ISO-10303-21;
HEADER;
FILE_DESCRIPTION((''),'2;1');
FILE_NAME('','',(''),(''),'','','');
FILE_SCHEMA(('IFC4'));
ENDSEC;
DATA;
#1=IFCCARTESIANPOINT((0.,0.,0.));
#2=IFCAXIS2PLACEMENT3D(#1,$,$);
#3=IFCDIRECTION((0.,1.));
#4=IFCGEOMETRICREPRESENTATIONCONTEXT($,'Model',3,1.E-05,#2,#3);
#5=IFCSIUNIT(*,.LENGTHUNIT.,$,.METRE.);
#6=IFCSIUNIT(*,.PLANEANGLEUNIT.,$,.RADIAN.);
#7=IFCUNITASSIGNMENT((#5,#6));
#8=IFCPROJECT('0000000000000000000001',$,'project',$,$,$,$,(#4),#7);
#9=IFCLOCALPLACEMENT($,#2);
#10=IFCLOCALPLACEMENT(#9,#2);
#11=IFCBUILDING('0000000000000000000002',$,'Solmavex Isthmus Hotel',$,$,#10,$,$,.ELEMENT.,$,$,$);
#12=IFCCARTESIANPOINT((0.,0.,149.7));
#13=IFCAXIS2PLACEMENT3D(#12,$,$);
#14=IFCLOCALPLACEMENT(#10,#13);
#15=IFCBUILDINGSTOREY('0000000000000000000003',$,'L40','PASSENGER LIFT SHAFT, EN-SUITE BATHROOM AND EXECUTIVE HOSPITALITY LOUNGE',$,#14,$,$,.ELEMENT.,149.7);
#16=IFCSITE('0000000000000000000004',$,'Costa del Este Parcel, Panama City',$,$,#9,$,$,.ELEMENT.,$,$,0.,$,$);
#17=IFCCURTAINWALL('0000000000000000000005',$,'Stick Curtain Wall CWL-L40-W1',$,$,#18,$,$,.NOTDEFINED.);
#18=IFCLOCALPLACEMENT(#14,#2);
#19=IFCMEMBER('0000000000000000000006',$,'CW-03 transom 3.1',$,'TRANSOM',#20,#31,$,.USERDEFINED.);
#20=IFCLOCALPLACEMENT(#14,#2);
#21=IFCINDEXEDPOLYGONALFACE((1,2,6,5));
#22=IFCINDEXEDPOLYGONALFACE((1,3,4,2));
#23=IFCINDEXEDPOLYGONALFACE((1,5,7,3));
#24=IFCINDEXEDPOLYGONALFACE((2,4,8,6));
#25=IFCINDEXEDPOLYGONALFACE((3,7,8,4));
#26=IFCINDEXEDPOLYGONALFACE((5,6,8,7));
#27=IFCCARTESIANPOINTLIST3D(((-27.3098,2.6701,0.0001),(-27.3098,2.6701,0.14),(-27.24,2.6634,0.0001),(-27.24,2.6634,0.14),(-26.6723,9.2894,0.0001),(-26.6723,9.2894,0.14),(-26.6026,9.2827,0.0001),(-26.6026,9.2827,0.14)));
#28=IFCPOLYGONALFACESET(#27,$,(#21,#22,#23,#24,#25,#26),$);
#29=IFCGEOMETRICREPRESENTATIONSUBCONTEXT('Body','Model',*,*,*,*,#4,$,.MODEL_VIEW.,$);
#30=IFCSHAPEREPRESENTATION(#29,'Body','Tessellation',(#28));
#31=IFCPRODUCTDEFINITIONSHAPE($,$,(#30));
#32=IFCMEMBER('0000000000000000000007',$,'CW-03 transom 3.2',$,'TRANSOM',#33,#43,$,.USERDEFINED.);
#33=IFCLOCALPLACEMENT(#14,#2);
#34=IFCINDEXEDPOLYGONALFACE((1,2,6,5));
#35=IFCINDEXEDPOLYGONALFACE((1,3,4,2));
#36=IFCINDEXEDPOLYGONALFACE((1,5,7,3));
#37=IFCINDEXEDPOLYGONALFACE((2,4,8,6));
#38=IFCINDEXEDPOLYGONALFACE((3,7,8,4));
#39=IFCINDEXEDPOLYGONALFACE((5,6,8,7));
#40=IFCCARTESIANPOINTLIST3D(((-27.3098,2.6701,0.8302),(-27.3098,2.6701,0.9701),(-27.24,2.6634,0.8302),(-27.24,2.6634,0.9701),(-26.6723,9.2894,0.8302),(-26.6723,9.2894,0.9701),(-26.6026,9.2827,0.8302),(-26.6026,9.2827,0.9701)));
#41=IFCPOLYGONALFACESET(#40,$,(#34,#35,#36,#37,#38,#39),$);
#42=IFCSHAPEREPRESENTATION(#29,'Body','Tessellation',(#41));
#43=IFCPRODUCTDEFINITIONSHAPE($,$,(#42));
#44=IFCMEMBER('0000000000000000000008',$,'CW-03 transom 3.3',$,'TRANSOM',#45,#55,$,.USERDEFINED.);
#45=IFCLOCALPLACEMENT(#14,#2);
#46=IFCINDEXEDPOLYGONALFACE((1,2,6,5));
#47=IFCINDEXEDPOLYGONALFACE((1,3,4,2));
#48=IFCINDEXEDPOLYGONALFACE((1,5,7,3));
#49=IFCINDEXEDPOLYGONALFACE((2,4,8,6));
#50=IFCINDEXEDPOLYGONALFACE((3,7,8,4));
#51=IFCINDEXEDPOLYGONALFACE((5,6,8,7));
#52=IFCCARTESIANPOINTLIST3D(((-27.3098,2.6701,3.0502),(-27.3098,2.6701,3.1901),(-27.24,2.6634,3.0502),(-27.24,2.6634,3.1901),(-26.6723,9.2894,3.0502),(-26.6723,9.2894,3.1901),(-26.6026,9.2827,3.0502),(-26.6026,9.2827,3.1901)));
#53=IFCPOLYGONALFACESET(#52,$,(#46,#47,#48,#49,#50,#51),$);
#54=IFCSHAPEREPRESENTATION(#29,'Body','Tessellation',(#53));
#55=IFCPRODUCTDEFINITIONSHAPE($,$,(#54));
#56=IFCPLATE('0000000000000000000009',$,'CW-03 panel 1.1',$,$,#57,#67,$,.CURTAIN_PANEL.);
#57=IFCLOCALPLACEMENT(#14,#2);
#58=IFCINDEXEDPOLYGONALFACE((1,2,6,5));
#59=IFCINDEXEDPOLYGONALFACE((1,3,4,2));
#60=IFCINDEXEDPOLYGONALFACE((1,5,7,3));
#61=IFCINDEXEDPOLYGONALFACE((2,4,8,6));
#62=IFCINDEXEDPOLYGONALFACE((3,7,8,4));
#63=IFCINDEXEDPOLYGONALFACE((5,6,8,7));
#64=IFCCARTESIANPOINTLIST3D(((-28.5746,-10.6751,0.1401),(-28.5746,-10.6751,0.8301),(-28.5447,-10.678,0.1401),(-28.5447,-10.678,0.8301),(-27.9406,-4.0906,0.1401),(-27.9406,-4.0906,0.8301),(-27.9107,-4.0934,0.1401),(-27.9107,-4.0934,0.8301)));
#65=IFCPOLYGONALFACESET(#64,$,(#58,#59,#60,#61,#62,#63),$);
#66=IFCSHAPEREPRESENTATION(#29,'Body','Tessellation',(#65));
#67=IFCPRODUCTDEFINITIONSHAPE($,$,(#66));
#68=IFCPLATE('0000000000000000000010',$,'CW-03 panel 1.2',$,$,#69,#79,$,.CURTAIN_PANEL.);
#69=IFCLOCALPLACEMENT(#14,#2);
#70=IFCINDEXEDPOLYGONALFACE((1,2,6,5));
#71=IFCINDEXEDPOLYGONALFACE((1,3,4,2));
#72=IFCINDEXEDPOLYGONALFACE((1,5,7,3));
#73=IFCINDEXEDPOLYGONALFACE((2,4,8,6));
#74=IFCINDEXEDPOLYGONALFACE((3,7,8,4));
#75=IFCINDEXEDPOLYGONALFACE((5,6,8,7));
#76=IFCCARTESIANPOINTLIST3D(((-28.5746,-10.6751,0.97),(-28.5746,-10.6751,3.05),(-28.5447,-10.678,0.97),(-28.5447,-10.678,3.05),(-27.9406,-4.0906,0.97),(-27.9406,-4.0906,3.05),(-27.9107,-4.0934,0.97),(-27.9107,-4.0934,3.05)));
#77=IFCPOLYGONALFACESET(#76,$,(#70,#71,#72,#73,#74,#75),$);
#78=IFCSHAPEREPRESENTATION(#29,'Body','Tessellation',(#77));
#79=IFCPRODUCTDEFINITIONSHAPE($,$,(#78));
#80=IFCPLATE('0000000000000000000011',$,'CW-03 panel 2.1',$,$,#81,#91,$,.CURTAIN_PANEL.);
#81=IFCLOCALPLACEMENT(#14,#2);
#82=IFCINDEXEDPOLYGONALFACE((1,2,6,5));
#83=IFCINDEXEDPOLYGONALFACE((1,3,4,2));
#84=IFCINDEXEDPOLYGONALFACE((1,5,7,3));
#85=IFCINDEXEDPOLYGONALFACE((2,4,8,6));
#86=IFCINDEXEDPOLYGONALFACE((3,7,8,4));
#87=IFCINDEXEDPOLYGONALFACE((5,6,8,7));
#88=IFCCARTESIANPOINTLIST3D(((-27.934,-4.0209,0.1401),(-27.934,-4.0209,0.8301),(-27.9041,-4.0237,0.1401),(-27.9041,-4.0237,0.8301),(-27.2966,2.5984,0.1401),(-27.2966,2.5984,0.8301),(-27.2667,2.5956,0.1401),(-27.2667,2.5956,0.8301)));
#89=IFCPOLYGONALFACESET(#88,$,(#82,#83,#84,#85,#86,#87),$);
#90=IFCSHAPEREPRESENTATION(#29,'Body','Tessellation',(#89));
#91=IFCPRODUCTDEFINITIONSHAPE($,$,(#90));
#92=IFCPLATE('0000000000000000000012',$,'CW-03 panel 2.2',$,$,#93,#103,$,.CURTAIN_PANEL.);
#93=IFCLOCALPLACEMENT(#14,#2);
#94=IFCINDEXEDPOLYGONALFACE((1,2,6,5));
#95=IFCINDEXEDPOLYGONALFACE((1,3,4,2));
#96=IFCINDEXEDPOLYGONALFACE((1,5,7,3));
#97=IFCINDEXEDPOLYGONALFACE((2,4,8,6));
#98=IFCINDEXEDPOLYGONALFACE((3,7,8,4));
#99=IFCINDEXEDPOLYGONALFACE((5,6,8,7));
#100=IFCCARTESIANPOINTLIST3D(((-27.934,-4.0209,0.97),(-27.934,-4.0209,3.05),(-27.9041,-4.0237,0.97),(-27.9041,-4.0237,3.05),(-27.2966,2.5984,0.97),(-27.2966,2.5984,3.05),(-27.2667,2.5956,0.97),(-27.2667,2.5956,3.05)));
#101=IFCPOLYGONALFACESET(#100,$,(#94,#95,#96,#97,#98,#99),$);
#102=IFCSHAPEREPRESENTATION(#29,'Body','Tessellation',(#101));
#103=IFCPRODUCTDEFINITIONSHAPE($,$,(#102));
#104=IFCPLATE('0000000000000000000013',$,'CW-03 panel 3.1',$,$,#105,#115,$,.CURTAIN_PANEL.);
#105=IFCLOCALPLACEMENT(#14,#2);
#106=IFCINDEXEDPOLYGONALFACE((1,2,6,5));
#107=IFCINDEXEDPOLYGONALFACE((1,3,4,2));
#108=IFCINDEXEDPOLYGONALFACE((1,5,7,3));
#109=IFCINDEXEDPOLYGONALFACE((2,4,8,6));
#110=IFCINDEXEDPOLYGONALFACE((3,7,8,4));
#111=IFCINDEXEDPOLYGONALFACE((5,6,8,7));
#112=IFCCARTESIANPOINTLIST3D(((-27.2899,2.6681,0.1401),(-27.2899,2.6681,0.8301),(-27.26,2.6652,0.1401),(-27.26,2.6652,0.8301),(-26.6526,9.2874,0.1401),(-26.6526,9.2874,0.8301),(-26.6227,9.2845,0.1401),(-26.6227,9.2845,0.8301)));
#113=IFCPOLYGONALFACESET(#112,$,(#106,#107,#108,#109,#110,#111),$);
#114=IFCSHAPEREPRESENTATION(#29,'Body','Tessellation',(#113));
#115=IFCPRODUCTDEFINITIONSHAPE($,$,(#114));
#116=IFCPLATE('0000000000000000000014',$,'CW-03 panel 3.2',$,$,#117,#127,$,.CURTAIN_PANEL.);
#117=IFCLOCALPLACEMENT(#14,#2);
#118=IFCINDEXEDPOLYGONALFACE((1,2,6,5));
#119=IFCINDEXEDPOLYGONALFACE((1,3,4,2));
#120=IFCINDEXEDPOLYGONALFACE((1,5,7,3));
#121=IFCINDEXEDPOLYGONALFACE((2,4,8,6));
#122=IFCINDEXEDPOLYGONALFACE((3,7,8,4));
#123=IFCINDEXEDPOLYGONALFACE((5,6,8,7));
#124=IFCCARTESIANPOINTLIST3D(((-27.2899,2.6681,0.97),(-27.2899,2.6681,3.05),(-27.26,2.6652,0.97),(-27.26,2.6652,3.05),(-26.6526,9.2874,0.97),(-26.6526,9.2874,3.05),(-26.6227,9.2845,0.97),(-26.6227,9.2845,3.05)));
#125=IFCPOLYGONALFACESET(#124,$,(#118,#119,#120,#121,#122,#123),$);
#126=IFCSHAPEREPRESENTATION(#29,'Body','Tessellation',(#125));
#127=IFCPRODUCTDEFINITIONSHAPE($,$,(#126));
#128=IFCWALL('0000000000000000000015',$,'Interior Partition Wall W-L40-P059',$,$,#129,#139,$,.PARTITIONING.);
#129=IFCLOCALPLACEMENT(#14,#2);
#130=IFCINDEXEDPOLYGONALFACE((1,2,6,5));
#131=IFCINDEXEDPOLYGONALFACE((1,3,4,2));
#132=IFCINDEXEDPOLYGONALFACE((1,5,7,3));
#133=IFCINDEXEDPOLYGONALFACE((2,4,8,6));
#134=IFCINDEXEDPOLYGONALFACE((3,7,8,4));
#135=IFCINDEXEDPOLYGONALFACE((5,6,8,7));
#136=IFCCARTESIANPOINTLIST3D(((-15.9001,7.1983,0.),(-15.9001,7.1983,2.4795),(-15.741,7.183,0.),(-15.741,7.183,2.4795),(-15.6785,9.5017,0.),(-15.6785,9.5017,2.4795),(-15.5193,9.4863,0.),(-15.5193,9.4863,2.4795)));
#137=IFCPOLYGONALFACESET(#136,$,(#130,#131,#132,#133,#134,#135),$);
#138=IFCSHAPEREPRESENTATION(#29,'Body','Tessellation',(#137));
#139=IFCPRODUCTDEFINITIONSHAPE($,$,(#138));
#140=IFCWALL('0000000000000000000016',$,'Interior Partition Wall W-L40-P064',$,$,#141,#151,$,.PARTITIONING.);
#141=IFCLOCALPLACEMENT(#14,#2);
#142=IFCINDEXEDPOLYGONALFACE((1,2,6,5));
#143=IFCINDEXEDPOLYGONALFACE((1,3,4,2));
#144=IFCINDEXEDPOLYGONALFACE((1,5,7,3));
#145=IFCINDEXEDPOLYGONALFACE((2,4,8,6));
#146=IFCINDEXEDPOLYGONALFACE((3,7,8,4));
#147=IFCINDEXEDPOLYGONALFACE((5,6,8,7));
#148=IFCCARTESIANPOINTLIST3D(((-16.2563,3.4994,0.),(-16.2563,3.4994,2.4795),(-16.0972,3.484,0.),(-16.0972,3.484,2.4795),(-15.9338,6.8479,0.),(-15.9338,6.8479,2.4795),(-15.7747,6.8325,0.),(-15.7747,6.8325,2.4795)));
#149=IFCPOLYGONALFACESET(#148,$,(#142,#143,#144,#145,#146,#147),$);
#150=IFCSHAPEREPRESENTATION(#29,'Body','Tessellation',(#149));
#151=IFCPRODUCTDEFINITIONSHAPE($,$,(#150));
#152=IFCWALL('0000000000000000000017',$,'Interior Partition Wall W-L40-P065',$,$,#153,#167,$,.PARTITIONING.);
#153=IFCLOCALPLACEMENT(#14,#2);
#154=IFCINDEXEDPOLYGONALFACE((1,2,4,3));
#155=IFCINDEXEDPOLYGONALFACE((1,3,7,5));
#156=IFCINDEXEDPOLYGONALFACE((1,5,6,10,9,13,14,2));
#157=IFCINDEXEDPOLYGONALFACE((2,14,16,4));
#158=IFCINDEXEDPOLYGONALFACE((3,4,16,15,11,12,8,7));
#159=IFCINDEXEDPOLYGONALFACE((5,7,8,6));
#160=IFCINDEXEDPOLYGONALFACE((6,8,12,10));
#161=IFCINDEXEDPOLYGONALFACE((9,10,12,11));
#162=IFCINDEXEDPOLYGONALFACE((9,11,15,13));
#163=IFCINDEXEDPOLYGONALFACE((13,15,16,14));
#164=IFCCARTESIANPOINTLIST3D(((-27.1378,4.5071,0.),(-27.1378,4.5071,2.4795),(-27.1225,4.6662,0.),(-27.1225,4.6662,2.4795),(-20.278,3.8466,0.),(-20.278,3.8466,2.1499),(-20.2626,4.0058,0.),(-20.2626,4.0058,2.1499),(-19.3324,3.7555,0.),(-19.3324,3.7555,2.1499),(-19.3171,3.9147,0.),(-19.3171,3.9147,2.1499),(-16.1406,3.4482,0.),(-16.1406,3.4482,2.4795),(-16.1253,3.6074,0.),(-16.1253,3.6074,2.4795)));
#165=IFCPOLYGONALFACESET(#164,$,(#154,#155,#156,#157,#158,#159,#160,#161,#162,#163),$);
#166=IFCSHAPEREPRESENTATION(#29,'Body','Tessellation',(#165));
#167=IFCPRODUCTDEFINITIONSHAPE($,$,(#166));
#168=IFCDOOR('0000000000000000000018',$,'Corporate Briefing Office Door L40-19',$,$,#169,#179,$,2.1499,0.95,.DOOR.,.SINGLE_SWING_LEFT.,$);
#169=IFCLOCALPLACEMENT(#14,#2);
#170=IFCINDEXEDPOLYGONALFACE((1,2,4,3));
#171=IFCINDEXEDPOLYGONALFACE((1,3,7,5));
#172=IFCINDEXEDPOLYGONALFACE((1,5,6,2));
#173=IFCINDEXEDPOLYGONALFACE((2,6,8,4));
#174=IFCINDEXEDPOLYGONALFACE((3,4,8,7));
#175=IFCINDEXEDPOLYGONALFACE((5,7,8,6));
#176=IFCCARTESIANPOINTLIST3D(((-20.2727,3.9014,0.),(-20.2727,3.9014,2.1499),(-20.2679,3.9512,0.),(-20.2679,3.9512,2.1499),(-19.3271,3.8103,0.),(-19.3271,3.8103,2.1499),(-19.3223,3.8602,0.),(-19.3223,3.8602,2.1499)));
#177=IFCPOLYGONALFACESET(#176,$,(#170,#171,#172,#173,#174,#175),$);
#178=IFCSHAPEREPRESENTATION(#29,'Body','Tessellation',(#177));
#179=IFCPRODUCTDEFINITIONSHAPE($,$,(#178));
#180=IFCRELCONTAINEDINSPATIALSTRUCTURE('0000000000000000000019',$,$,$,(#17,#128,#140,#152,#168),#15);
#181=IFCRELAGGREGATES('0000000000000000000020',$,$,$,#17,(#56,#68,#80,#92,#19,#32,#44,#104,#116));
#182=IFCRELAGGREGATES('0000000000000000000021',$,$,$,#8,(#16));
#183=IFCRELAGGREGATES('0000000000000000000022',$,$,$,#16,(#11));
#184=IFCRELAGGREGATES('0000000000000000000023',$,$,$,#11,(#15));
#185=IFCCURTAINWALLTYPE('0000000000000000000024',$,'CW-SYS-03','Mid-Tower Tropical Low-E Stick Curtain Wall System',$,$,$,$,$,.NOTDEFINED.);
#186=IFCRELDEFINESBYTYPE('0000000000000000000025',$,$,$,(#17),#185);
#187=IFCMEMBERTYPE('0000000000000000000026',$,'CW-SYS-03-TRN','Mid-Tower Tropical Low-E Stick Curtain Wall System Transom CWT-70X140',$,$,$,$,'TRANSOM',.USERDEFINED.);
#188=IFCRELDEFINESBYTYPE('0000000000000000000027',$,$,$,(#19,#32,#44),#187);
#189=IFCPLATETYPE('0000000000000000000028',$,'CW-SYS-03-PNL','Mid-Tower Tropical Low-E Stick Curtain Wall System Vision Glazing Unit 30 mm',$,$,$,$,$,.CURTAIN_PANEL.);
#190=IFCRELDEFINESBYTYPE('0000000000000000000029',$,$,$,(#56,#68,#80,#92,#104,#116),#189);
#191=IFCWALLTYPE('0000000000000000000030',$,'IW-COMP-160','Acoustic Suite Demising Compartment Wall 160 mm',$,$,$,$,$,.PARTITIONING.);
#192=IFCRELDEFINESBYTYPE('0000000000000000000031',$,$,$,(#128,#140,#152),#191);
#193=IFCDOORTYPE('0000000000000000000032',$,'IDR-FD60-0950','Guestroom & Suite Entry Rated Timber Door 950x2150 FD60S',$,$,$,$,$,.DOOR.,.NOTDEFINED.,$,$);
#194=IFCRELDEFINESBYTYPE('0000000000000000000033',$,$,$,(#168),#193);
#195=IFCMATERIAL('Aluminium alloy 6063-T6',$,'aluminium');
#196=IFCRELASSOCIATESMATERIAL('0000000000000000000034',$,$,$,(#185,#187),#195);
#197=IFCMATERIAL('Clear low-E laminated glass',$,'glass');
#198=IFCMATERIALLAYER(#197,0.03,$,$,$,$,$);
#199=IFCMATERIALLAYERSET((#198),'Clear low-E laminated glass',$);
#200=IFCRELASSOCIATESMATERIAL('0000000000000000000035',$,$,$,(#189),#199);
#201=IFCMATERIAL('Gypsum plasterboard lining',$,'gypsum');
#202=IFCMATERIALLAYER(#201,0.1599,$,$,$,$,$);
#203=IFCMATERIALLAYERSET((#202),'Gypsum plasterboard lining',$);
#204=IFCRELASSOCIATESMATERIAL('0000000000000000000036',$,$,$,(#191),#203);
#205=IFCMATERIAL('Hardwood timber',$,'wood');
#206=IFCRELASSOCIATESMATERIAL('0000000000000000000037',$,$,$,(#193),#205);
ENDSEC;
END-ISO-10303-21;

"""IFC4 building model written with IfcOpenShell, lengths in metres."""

from ifc_helpers import new_model, si_unit, direction, frame, frame_2d, origin, origin_2d, place, context, subcontext, project, spatial, rectangle, extrude, material, layer, layer_set, material_profile, profile_set, type_object, element, fill, aggregate, save


model = new_model("IFC4")

# Units and contexts
model_context = context("Model", 3, precision=1e-05, world=origin(), true_north=direction((0.0, 1.0)))
body_context = subcontext(model_context, "Body", "Model", "MODEL_VIEW")
ifc_project = project(units=[si_unit("LENGTHUNIT", "METRE"), si_unit("PLANEANGLEUNIT", "RADIAN")], contexts=[model_context])

# Site, building, storey
site_placement = place(None, origin())
site = spatial("IfcSite", under=ifc_project, at=site_placement, Name="Costa del Este Parcel, Panama City", CompositionType="ELEMENT", RefElevation=0.0)
building_placement = place(site_placement, origin())
building = spatial("IfcBuilding", under=site, at=building_placement, Name="Solmavex Isthmus Hotel", CompositionType="ELEMENT")
storey_placement = place(building_placement, frame((0.0, 0.0, 149.7)))
storey = spatial("IfcBuildingStorey", under=building, at=storey_placement, Name="L40", Description="PASSENGER LIFT SHAFT, EN-SUITE BATHROOM AND EXECUTIVE HOSPITALITY LOUNGE", CompositionType="ELEMENT", Elevation=149.7)

# Curtain wall, members, plates
ifc_material_1 = material(Name="Aluminium alloy 6063-T6", Category="aluminium")
curtain_wall_type = type_object("IfcCurtainWallType", Name="CW-SYS-03", Description="Mid-Tower Tropical Low-E Stick Curtain Wall System", PredefinedType="NOTDEFINED", material=ifc_material_1)
curtain_wall_placement = place(storey_placement, origin())
curtain_wall = element("IfcCurtainWall", 1, at=curtain_wall_placement, inside=storey, type_object=curtain_wall_type, Name="Stick Curtain Wall CWL-L40-W1", PredefinedType="NOTDEFINED")
ifc_material_profile_1 = material_profile(ifc_material_1, rectangle(XDim=0.0701, YDim=0.1399, at=origin_2d()), Name="CWT-70X140")
ifc_profile_set_1 = profile_set([ifc_material_profile_1], Name="Aluminium alloy 6063-T6")
member_type_1 = type_object("IfcMemberType", Name="CW-SYS-03-TRN", Description="Mid-Tower Tropical Low-E Stick Curtain Wall System Transom CWT-70X140", ElementType="TRANSOM", PredefinedType="USERDEFINED", material=ifc_profile_set_1)
member_1_placement = place(storey_placement, frame((-27.2749, 2.6667, 0.0701), z_axis=(0.095857, 0.995395, 0.0), x_axis=(-0.995395, 0.095857, 0.0)))
member_1 = element("IfcMember", 2, at=member_1_placement, type_object=member_type_1, Name="CW-03 transom 3.1", ObjectType="TRANSOM", PredefinedType="USERDEFINED", context=body_context, shape_type="SweptSolid", body=[
    extrude(rectangle(XDim=0.0701, YDim=0.1399, at=origin_2d()), origin(), (0.0, 0.0, 1.0), 6.6499),
])
member_2_placement = place(storey_placement, frame((-27.2749, 2.6667, 0.9001), z_axis=(0.095857, 0.995395, 0.0), x_axis=(-0.995395, 0.095857, 0.0)))
member_2 = element("IfcMember", 3, at=member_2_placement, type_object=member_type_1, Name="CW-03 transom 3.2", ObjectType="TRANSOM", PredefinedType="USERDEFINED", context=body_context, shape_type="SweptSolid", body=[
    extrude(rectangle(XDim=0.0701, YDim=0.1399, at=origin_2d()), origin(), (0.0, 0.0, 1.0), 6.6499),
])
member_3_placement = place(storey_placement, frame((-27.2749, 2.6667, 3.1201), z_axis=(0.095857, 0.995395, 0.0), x_axis=(-0.995395, 0.095857, 0.0)))
member_3 = element("IfcMember", 4, at=member_3_placement, type_object=member_type_1, Name="CW-03 transom 3.3", ObjectType="TRANSOM", PredefinedType="USERDEFINED", context=body_context, shape_type="SweptSolid", body=[
    extrude(rectangle(XDim=0.0701, YDim=0.1399, at=origin_2d()), origin(), (0.0, 0.0, 1.0), 6.6499),
])
ifc_material_2 = material(Name="Clear low-E laminated glass", Category="glass")
ifc_layer_1 = layer(ifc_material_2, 0.03)
ifc_layer_set_1 = layer_set([ifc_layer_1], Name="Clear low-E laminated glass")
plate_type = type_object("IfcPlateType", Name="CW-SYS-03-PNL", Description="Mid-Tower Tropical Low-E Stick Curtain Wall System Vision Glazing Unit 30 mm", PredefinedType="CURTAIN_PANEL", material=ifc_layer_set_1)
plate_1_placement = place(storey_placement, frame((-28.2427, -7.3843, 0.1401), z_axis=(0.0, 0.0, 1.0), x_axis=(0.095846, 0.995396, 0.0)))
plate_1 = element("IfcPlate", 5, at=plate_1_placement, type_object=plate_type, Name="CW-03 panel 1.1", PredefinedType="CURTAIN_PANEL", context=body_context, shape_type="SweptSolid", body=[
    extrude(rectangle(XDim=6.615, YDim=0.03, at=origin_2d()), origin(), (0.0, 0.0, 1.0), 0.6899),
])
plate_2_placement = place(storey_placement, frame((-28.2427, -7.3843, 0.97), z_axis=(0.0, 0.0, 1.0), x_axis=(0.095846, 0.995396, 0.0)))
plate_2 = element("IfcPlate", 6, at=plate_2_placement, type_object=plate_type, Name="CW-03 panel 1.2", PredefinedType="CURTAIN_PANEL", context=body_context, shape_type="SweptSolid", body=[
    extrude(rectangle(XDim=6.615, YDim=0.03, at=origin_2d()), origin(), (0.0, 0.0, 1.0), 2.0801),
])
plate_3_placement = place(storey_placement, frame((-27.6003, -0.7126, 0.1401), z_axis=(0.0, 0.0, 1.0), x_axis=(0.095846, 0.995396, 0.0)))
plate_3 = element("IfcPlate", 7, at=plate_3_placement, type_object=plate_type, Name="CW-03 panel 2.1", PredefinedType="CURTAIN_PANEL", context=body_context, shape_type="SweptSolid", body=[
    extrude(rectangle(XDim=6.6499, YDim=0.03, at=origin_2d()), origin(), (0.0, 0.0, 1.0), 0.6899),
])
plate_4_placement = place(storey_placement, frame((-27.6003, -0.7126, 0.97), z_axis=(0.0, 0.0, 1.0), x_axis=(0.095846, 0.995396, 0.0)))
plate_4 = element("IfcPlate", 8, at=plate_4_placement, type_object=plate_type, Name="CW-03 panel 2.2", PredefinedType="CURTAIN_PANEL", context=body_context, shape_type="SweptSolid", body=[
    extrude(rectangle(XDim=6.6499, YDim=0.03, at=origin_2d()), origin(), (0.0, 0.0, 1.0), 2.0801),
])
plate_5_placement = place(storey_placement, frame((-26.9563, 5.9763, 0.1401), z_axis=(0.0, 0.0, 1.0), x_axis=(0.095846, 0.995396, 0.0)))
plate_5 = element("IfcPlate", 9, at=plate_5_placement, type_object=plate_type, Name="CW-03 panel 3.1", PredefinedType="CURTAIN_PANEL", context=body_context, shape_type="SweptSolid", body=[
    extrude(rectangle(XDim=6.6499, YDim=0.03, at=origin_2d()), origin(), (0.0, 0.0, 1.0), 0.6899),
])
plate_6_placement = place(storey_placement, frame((-26.9563, 5.9763, 0.97), z_axis=(0.0, 0.0, 1.0), x_axis=(0.095846, 0.995396, 0.0)))
plate_6 = element("IfcPlate", 10, at=plate_6_placement, type_object=plate_type, Name="CW-03 panel 3.2", PredefinedType="CURTAIN_PANEL", context=body_context, shape_type="SweptSolid", body=[
    extrude(rectangle(XDim=6.6499, YDim=0.03, at=origin_2d()), origin(), (0.0, 0.0, 1.0), 2.0801),
])
aggregate(curtain_wall, [plate_1, plate_2, plate_3, plate_4, member_1, member_2, member_3, plate_5, plate_6])

# Walls
ifc_material_3 = material(Name="Gypsum plasterboard lining", Category="gypsum")
ifc_layer_2 = layer(ifc_material_3, 0.1599)
ifc_layer_set_2 = layer_set([ifc_layer_2], Name="Gypsum plasterboard lining")
wall_type_1 = type_object("IfcWallType", Name="IW-COMP-160", Description="Acoustic Suite Demising Compartment Wall 160 mm", PredefinedType="PARTITIONING", material=ifc_layer_set_2)
wall_1_placement = place(storey_placement, frame((-15.8206, 7.1907, 0.0), z_axis=(0.0, 0.0, 1.0), x_axis=(0.095805, 0.9954, 0.0)))
element("IfcWall", 11, at=wall_1_placement, inside=storey, type_object=wall_type_1, Name="Interior Partition Wall W-L40-P059", PredefinedType="PARTITIONING", context=body_context, shape_type="SweptSolid", body=[
    extrude(rectangle(XDim=2.314, YDim=0.1599, at=frame_2d((1.157, 0.0))), origin(), (0.0, 0.0, 1.0), 2.4795),
])
wall_2_placement = place(storey_placement, frame((-15.8542, 6.8403, 0.0), z_axis=(0.0, 0.0, 1.0), x_axis=(-0.095867, -0.995394, 0.0)))
element("IfcWall", 12, at=wall_2_placement, inside=storey, type_object=wall_type_1, Name="Interior Partition Wall W-L40-P064", PredefinedType="PARTITIONING", context=body_context, shape_type="SweptSolid", body=[
    extrude(rectangle(XDim=3.364, YDim=0.1599, at=frame_2d((1.6821, 0.0))), origin(), (0.0, 0.0, 1.0), 2.4795),
])

# Wall, opening, door
wall_3_placement = place(storey_placement, frame((-16.1331, 3.5278, 0.0), z_axis=(0.0, 0.0, 1.0), x_axis=(-0.995397, 0.095838, 0.0)))
wall_3 = element("IfcWall", 13, at=wall_3_placement, inside=storey, type_object=wall_type_1, Name="Interior Partition Wall W-L40-P065", PredefinedType="PARTITIONING", context=body_context, shape_type="SweptSolid", body=[
    extrude(rectangle(XDim=11.0481, YDim=0.1599, at=frame_2d((5.5239, 0.0))), origin(), (0.0, 0.0, 1.0), 2.4795),
])
opening_1_placement = place(wall_3_placement, frame((3.2063, 0.0, 0.0)))
opening_1 = element("IfcOpeningElement", 14, at=opening_1_placement, cuts=wall_3, PredefinedType="OPENING", context=body_context, shape_type="SweptSolid", body=[
    extrude(rectangle(XDim=0.95, YDim=2.1499, at=frame_2d((0.4751, 1.075))), frame((0.0, 0.0898, 0.0), z_axis=(0.0, -1.0, 0.0), x_axis=(1.0, 0.0, 0.0)), (0.0, 0.0, 1.0), 0.1799),
])
ifc_material_4 = material(Name="Hardwood timber", Category="wood")
door_type_1 = type_object("IfcDoorType", Name="IDR-FD60-0950", Description="Guestroom & Suite Entry Rated Timber Door 950x2150 FD60S", OperationType="NOTDEFINED", PredefinedType="DOOR", material=ifc_material_4)
door_1_placement = place(opening_1_placement, origin())
door_1 = element("IfcDoor", 15, at=door_1_placement, inside=storey, type_object=door_type_1, Name="Corporate Briefing Office Door L40-19", OperationType="SINGLE_SWING_LEFT", OverallHeight=2.1499, OverallWidth=0.95, PredefinedType="DOOR", context=body_context, shape_type="SweptSolid", body=[
    extrude(rectangle(XDim=0.95, YDim=2.1499, at=frame_2d((0.4751, 1.075))), frame((0.0, 0.0249, 0.0), z_axis=(0.0, -1.0, 0.0), x_axis=(1.0, 0.0, 0.0)), (0.0, 0.0, 1.0), 0.05),
])
fill(opening_1, door_1)

save(model, "model.ifc")
